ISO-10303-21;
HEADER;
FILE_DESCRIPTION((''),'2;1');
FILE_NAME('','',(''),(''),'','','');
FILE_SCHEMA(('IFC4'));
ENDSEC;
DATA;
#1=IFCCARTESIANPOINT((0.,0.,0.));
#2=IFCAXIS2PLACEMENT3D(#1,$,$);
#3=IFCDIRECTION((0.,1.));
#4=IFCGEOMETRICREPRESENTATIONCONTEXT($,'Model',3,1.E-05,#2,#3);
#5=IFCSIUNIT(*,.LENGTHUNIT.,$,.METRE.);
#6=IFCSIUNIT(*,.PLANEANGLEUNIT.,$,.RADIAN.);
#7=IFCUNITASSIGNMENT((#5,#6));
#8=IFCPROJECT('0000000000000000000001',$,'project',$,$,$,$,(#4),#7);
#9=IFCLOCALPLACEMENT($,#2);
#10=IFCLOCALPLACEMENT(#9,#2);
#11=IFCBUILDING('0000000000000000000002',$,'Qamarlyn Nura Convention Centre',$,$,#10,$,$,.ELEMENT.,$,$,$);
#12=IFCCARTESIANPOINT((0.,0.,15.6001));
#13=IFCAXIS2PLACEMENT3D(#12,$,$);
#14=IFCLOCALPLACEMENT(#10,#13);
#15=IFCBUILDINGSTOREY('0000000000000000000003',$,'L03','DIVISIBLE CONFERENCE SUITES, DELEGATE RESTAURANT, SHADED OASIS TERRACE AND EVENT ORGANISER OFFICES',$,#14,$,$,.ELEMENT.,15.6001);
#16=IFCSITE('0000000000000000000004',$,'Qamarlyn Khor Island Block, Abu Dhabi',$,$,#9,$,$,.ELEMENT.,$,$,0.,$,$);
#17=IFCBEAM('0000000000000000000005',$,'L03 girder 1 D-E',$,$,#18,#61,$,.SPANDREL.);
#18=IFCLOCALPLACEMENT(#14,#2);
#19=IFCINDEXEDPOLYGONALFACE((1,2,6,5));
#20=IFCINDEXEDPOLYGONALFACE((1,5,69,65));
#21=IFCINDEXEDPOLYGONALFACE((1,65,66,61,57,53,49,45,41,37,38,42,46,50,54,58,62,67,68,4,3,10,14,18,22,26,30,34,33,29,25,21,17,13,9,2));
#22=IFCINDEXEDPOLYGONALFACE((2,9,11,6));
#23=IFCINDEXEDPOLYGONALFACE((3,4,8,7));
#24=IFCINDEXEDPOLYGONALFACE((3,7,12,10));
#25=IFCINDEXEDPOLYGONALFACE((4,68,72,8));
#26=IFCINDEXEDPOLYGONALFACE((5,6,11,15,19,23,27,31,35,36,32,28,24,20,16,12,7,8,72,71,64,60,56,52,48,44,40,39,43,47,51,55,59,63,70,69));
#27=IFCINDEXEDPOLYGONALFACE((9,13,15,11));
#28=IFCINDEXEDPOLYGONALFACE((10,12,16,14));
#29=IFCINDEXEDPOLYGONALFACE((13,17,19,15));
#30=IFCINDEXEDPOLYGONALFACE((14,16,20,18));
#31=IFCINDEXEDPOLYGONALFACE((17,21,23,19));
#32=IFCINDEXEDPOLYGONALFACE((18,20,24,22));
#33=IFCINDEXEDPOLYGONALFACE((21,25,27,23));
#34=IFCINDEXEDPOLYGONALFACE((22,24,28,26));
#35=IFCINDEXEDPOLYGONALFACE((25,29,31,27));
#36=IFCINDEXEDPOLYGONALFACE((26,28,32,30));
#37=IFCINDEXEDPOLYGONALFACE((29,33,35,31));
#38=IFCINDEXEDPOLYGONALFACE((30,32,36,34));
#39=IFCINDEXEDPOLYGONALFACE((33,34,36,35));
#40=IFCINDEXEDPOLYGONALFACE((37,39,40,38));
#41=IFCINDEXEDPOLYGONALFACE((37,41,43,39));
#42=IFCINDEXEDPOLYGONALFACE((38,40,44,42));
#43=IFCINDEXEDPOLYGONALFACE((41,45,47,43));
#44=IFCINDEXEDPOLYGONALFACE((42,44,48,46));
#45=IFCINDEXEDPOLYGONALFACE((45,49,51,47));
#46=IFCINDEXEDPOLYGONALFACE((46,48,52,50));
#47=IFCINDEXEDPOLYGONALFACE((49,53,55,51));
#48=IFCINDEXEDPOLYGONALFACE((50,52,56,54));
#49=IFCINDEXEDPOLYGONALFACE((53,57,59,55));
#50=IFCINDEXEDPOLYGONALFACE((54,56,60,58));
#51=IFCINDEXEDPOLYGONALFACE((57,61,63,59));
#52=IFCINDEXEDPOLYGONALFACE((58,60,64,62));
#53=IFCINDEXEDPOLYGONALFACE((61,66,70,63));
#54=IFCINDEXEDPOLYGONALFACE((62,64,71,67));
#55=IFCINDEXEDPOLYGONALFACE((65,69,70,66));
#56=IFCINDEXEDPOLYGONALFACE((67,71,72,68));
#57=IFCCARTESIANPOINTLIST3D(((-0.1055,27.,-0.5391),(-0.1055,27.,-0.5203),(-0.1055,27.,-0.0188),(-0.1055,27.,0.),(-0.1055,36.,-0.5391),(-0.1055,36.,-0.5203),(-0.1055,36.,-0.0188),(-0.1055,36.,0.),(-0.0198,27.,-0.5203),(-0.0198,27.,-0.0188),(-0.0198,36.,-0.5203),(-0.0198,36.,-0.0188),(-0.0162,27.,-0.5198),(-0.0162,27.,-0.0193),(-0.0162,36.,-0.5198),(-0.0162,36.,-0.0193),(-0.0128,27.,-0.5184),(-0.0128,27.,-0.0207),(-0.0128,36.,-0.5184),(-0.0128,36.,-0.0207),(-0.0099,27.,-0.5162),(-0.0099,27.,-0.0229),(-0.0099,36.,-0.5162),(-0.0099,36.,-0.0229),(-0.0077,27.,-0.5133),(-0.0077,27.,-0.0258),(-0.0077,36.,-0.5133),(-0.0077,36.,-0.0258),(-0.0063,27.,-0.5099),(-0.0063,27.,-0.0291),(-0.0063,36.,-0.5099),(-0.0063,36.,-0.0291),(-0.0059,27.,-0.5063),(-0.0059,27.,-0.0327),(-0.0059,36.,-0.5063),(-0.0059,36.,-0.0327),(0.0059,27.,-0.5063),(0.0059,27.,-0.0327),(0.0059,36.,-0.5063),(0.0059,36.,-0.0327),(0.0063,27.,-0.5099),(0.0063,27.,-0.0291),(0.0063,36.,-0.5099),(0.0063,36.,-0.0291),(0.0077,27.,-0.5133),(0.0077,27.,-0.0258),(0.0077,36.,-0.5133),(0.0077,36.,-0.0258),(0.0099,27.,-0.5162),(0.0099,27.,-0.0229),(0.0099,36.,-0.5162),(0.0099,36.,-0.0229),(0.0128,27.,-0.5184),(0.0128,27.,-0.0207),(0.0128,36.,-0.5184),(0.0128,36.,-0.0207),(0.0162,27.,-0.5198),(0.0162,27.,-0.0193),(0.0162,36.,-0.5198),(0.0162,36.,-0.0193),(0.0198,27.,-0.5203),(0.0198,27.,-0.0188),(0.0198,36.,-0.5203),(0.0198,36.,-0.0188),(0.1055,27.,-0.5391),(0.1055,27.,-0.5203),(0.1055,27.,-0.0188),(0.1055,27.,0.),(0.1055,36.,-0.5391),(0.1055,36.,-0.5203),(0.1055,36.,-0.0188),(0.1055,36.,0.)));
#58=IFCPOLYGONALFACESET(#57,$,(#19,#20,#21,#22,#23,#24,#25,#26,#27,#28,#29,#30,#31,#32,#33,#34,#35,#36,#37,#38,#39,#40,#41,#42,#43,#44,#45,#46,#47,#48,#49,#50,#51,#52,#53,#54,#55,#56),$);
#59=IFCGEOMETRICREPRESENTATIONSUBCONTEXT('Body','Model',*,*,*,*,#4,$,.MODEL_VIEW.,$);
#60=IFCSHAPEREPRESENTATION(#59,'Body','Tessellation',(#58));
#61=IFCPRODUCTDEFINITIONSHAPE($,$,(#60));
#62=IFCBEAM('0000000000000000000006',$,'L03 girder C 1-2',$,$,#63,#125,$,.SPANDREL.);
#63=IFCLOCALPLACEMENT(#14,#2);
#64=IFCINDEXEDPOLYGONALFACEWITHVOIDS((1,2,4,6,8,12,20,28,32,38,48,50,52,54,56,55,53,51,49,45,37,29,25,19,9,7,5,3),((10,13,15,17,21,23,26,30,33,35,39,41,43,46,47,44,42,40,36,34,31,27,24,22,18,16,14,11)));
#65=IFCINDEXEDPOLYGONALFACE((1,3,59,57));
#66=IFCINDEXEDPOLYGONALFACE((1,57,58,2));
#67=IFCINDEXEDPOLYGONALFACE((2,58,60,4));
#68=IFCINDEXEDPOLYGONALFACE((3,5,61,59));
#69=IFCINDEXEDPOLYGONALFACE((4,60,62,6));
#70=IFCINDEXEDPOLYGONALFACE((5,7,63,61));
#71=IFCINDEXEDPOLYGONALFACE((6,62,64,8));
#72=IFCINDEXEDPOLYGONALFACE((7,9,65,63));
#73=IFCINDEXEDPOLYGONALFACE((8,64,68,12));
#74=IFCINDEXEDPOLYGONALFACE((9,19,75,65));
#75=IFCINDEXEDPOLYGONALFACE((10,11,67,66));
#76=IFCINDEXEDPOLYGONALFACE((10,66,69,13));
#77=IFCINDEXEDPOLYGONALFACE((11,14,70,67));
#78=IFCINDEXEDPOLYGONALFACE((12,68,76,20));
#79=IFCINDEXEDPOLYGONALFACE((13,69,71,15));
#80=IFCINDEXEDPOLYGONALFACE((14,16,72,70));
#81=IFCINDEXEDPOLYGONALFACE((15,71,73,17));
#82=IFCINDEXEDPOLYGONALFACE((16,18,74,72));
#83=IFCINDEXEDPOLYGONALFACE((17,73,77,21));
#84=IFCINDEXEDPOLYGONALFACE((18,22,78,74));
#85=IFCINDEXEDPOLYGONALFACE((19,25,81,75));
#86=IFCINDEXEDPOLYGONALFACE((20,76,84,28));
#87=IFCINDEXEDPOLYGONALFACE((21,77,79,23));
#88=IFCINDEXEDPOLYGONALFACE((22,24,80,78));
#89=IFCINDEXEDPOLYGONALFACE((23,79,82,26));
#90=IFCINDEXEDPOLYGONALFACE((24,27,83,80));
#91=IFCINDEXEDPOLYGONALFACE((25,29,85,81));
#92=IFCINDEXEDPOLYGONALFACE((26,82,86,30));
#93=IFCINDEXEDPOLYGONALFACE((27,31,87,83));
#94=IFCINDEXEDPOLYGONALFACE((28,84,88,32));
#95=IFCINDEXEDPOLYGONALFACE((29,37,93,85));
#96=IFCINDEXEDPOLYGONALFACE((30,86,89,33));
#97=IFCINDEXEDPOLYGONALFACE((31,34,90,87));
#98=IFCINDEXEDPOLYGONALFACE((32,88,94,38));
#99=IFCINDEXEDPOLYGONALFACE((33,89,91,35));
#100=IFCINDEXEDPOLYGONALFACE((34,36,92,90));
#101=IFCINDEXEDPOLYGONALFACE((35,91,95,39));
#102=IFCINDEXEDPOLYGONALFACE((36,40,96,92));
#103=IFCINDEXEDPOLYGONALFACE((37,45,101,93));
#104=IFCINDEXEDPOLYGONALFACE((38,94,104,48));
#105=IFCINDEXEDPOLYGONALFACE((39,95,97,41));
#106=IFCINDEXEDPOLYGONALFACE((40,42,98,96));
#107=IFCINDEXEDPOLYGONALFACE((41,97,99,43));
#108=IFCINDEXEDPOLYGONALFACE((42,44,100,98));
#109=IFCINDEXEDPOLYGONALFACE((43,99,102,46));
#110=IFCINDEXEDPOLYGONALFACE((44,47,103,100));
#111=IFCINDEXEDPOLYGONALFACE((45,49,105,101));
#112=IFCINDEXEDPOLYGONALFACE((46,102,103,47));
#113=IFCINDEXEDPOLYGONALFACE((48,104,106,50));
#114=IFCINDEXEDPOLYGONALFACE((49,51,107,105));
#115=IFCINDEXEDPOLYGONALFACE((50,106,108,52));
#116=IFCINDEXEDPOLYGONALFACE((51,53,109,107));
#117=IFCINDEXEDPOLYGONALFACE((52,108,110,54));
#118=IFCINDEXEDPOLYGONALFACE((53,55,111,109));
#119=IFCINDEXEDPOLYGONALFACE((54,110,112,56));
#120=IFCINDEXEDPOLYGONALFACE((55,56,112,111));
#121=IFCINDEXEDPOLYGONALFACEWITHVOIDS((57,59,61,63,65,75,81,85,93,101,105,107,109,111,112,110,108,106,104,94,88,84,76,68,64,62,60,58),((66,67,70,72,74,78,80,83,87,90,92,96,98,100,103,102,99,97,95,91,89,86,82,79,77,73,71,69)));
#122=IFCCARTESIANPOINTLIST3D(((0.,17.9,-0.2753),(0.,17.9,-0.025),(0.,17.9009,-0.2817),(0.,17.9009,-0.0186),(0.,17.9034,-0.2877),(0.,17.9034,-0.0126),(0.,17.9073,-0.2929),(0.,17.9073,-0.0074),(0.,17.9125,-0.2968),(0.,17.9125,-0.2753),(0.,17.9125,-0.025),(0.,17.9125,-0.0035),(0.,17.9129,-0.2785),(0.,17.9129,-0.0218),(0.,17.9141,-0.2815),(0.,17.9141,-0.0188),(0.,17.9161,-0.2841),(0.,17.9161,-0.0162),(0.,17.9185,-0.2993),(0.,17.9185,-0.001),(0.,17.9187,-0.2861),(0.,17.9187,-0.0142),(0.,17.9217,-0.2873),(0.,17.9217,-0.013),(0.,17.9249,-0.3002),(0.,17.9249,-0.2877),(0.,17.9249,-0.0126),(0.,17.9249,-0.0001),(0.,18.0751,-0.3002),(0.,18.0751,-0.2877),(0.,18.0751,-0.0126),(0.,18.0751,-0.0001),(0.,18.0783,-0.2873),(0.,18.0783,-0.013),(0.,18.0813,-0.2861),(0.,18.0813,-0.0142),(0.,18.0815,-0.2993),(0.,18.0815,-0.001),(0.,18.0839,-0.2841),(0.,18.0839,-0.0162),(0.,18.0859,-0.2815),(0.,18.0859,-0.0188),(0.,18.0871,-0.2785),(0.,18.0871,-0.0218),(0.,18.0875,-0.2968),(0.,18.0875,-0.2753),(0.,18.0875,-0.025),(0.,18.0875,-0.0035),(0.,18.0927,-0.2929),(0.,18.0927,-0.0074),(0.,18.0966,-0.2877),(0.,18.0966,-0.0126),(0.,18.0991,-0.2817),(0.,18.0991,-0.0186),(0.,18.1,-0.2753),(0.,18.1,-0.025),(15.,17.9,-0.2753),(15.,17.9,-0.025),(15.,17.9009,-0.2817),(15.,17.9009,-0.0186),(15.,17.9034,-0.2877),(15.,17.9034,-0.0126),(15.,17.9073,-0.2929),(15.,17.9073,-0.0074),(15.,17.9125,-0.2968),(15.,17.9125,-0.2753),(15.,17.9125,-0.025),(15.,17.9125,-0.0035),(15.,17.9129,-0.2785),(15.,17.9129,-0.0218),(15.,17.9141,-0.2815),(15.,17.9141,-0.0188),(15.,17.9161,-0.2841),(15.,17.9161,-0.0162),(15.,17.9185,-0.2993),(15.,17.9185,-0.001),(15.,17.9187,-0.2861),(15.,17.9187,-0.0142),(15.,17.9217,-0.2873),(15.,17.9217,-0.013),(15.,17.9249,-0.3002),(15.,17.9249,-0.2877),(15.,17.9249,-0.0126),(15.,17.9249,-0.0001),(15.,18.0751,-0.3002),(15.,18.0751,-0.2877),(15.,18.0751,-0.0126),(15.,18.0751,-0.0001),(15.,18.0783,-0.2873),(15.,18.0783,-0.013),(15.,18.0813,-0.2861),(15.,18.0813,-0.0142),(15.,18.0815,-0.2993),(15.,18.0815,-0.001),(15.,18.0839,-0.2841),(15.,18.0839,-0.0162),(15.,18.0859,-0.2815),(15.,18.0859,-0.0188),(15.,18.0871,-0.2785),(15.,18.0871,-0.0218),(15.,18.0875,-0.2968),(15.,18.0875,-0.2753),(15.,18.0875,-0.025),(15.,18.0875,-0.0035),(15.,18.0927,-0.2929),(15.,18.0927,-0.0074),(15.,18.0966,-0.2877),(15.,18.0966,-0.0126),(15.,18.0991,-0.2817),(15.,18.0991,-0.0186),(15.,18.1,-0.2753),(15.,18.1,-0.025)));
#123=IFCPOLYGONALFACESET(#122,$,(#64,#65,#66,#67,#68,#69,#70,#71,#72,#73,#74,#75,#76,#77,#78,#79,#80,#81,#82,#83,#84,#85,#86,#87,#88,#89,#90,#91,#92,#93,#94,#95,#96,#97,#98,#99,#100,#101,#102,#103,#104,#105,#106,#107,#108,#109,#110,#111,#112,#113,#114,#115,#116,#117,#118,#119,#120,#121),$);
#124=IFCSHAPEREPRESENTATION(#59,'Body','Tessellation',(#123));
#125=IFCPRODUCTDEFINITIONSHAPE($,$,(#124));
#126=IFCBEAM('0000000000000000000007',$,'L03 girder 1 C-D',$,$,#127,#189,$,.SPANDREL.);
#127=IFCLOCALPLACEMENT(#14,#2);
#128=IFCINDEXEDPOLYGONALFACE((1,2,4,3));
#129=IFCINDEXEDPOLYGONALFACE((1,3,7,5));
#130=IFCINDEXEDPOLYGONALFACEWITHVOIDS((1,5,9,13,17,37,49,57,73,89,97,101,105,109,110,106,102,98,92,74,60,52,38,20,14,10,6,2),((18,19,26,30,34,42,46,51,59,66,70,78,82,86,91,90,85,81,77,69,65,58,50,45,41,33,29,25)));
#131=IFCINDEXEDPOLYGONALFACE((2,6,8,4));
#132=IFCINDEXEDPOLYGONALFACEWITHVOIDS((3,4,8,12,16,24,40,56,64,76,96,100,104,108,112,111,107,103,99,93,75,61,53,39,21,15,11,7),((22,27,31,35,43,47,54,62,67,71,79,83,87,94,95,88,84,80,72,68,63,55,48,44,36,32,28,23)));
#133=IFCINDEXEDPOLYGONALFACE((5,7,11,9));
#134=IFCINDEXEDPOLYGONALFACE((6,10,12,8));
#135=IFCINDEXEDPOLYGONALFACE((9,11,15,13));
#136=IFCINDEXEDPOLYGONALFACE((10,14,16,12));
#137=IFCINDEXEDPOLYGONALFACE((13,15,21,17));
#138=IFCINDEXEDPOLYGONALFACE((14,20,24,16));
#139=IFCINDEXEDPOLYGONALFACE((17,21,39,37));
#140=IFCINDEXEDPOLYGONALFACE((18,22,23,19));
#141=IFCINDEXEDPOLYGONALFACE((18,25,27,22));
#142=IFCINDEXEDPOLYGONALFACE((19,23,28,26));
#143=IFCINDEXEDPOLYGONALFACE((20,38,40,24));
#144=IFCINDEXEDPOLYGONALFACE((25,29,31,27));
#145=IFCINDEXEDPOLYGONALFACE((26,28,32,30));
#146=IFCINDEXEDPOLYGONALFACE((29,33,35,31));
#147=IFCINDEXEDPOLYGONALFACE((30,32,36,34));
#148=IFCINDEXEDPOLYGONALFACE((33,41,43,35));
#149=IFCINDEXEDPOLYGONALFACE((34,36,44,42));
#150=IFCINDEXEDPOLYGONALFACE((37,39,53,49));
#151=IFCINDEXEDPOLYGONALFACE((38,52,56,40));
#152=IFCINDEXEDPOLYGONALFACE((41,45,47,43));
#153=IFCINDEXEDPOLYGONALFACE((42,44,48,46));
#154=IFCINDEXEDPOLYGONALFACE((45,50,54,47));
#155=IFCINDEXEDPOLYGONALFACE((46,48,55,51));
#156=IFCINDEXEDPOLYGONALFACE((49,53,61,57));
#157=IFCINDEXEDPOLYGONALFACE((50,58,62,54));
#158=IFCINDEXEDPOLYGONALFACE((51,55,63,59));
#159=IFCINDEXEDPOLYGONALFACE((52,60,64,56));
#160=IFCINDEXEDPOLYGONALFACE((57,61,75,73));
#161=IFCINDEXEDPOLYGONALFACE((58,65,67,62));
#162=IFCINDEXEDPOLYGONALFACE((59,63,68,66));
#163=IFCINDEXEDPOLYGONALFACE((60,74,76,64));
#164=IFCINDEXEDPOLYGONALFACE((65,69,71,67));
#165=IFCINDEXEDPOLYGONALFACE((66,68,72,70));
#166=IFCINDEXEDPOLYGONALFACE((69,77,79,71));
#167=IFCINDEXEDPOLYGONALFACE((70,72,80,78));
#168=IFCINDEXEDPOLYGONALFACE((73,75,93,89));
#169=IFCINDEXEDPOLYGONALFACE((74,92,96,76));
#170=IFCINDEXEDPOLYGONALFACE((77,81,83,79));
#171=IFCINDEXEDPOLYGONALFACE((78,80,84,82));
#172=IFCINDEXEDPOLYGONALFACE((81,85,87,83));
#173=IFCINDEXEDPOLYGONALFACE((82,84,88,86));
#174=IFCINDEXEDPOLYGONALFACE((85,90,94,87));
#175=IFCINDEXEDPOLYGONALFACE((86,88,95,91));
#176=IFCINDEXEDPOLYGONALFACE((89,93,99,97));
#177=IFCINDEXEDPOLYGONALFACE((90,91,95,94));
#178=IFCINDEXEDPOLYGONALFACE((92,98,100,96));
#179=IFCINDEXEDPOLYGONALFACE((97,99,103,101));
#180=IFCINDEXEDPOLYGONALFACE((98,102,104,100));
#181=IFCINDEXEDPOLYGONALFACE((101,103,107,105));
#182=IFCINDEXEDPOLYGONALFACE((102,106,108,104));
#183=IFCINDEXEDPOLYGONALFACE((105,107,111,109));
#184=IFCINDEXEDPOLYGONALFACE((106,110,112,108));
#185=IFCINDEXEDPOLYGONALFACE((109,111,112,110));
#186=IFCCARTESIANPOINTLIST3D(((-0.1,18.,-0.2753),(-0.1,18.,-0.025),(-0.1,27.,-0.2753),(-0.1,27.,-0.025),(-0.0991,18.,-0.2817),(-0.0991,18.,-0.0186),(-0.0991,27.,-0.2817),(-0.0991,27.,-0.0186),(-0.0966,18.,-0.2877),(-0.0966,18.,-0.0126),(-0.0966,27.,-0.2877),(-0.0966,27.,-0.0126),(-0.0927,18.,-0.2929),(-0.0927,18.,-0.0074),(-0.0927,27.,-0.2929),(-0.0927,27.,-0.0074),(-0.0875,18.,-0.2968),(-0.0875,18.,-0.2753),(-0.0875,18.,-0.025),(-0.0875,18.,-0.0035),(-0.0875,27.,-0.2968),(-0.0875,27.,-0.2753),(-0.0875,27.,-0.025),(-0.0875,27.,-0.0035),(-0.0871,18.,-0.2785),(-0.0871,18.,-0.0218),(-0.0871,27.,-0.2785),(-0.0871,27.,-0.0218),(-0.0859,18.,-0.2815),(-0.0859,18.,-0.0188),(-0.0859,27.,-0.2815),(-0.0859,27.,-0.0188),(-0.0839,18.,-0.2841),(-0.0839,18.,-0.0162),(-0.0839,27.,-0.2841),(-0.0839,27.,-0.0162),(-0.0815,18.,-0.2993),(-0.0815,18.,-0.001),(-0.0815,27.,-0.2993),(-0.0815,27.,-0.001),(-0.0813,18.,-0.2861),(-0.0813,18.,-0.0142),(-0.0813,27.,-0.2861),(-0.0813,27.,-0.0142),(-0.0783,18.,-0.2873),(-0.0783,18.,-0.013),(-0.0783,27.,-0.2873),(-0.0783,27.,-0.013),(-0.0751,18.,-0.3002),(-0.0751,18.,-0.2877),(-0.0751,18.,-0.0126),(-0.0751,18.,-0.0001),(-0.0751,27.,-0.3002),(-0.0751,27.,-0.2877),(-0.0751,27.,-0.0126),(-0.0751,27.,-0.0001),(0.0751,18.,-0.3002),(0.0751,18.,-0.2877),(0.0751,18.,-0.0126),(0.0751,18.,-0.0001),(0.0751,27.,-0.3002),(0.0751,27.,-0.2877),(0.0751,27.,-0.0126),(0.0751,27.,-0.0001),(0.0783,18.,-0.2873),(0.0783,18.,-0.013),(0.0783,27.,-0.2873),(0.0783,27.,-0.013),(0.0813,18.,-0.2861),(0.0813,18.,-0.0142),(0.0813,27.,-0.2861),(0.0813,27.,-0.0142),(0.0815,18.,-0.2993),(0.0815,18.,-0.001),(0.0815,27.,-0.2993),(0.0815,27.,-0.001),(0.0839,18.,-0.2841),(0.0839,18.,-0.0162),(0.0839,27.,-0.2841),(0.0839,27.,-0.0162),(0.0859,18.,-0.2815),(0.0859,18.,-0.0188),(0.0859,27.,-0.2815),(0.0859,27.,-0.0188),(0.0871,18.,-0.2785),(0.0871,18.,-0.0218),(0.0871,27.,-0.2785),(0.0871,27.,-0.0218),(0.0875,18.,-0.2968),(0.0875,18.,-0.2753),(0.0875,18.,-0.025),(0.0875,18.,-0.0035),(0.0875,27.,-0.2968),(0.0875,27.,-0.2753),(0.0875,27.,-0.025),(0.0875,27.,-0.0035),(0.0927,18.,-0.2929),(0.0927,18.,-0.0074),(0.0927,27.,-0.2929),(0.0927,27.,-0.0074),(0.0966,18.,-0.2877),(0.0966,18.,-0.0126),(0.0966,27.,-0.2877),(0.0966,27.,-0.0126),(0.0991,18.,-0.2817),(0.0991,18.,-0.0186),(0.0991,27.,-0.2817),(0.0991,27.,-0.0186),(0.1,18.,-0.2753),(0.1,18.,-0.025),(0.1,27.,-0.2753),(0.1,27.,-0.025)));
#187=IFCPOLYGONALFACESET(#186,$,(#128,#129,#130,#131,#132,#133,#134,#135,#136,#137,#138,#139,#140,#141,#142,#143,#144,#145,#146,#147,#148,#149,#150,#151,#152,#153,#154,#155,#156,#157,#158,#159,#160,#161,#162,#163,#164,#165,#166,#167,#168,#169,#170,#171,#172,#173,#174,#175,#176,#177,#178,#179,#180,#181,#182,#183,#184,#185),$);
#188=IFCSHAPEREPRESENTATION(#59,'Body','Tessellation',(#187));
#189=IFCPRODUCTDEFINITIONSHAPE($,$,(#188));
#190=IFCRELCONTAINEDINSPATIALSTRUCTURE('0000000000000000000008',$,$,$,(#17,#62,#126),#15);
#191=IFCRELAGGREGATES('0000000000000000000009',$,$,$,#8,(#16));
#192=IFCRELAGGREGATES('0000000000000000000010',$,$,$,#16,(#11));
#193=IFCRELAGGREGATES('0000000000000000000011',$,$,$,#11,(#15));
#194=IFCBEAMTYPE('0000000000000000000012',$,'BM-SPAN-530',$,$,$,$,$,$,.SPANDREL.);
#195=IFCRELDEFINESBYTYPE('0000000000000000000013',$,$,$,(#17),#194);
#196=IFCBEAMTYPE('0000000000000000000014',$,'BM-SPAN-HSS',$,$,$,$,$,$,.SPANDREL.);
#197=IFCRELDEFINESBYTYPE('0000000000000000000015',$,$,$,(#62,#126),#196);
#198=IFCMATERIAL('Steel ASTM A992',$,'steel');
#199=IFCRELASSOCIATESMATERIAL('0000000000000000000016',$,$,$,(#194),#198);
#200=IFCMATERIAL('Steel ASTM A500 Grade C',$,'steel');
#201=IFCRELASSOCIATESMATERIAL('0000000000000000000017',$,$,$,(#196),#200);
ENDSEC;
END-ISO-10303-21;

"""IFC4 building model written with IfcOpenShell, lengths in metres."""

from ifc_helpers import new_model, si_unit, direction, frame, origin, origin_2d, place, context, subcontext, project, spatial, hollow_rectangle, i_section, extrude, material, material_profile, profile_set, type_object, element, save


model = new_model("IFC4")

# Units and contexts
model_context = context("Model", 3, precision=1e-05, world=origin(), true_north=direction((0.0, 1.0)))
body_context = subcontext(model_context, "Body", "Model", "MODEL_VIEW")
ifc_project = project(units=[si_unit("LENGTHUNIT", "METRE"), si_unit("PLANEANGLEUNIT", "RADIAN")], contexts=[model_context])

# Site, building, storey
site_placement = place(None, origin())
site = spatial("IfcSite", under=ifc_project, at=site_placement, Name="Qamarlyn Khor Island Block, Abu Dhabi", CompositionType="ELEMENT", RefElevation=0.0)
building_placement = place(site_placement, origin())
building = spatial("IfcBuilding", under=site, at=building_placement, Name="Qamarlyn Nura Convention Centre", CompositionType="ELEMENT")
storey_placement = place(building_placement, frame((0.0, 0.0, 15.6001)))
storey = spatial("IfcBuildingStorey", under=building, at=storey_placement, Name="L03", Description="DIVISIBLE CONFERENCE SUITES, DELEGATE RESTAURANT, SHADED OASIS TERRACE AND EVENT ORGANISER OFFICES", CompositionType="ELEMENT", Elevation=15.6001)

# Beams
ifc_material_1 = material(Name="Steel ASTM A992", Category="steel")
ifc_material_profile_1 = material_profile(ifc_material_1, i_section(OverallWidth=0.2109, OverallDepth=0.5391, WebThickness=0.0117, FlangeThickness=0.0188, FilletRadius=0.0139, at=origin_2d()), Name="W530X109")
ifc_profile_set_1 = profile_set([ifc_material_profile_1], Name="Steel ASTM A992")
beam_type_1 = type_object("IfcBeamType", Name="BM-SPAN-530", PredefinedType="SPANDREL", material=ifc_profile_set_1)
beam_1_placement = place(storey_placement, frame((0.0, 27.0, -0.2695), z_axis=(0.0, 1.0, 0.0), x_axis=(-1.0, 0.0, 0.0)))
element("IfcBeam", 1, at=beam_1_placement, inside=storey, type_object=beam_type_1, Name="L03 girder 1 D-E", PredefinedType="SPANDREL", context=body_context, shape_type="SweptSolid", body=[
    extrude(i_section(OverallWidth=0.2109, OverallDepth=0.5391, WebThickness=0.0117, FlangeThickness=0.0188, FilletRadius=0.0139, at=origin_2d()), origin(), (0.0, 0.0, 1.0), 9.0),
])
ifc_material_2 = material(Name="Steel ASTM A500 Grade C", Category="steel")
ifc_material_profile_2 = material_profile(ifc_material_2, hollow_rectangle(XDim=0.2, YDim=0.3, WallThickness=0.0125, InnerFilletRadius=0.0125, OuterFilletRadius=0.0249, at=origin_2d()), Name="HSS300X200X12.5")
ifc_profile_set_2 = profile_set([ifc_material_profile_2], Name="Steel ASTM A500 Grade C")
beam_type_2 = type_object("IfcBeamType", Name="BM-SPAN-HSS", PredefinedType="SPANDREL", material=ifc_profile_set_2)
beam_2_placement = place(storey_placement, frame((0.0, 18.0, -0.1501), z_axis=(1.0, 0.0, 0.0), x_axis=(0.0, 1.0, 0.0)))
element("IfcBeam", 2, at=beam_2_placement, inside=storey, type_object=beam_type_2, Name="L03 girder C 1-2", PredefinedType="SPANDREL", context=body_context, shape_type="SweptSolid", body=[
    extrude(hollow_rectangle(XDim=0.2, YDim=0.3, WallThickness=0.0125, InnerFilletRadius=0.0125, OuterFilletRadius=0.0249, at=origin_2d()), origin(), (0.0, 0.0, 1.0), 15.0),
])
beam_3_placement = place(storey_placement, frame((0.0, 18.0, -0.1501), z_axis=(0.0, 1.0, 0.0), x_axis=(-1.0, 0.0, 0.0)))
element("IfcBeam", 3, at=beam_3_placement, inside=storey, type_object=beam_type_2, Name="L03 girder 1 C-D", PredefinedType="SPANDREL", context=body_context, shape_type="SweptSolid", body=[
    extrude(hollow_rectangle(XDim=0.2, YDim=0.3, WallThickness=0.0125, InnerFilletRadius=0.0125, OuterFilletRadius=0.0249, at=origin_2d()), origin(), (0.0, 0.0, 1.0), 9.0),
])

save(model, "model.ifc")
